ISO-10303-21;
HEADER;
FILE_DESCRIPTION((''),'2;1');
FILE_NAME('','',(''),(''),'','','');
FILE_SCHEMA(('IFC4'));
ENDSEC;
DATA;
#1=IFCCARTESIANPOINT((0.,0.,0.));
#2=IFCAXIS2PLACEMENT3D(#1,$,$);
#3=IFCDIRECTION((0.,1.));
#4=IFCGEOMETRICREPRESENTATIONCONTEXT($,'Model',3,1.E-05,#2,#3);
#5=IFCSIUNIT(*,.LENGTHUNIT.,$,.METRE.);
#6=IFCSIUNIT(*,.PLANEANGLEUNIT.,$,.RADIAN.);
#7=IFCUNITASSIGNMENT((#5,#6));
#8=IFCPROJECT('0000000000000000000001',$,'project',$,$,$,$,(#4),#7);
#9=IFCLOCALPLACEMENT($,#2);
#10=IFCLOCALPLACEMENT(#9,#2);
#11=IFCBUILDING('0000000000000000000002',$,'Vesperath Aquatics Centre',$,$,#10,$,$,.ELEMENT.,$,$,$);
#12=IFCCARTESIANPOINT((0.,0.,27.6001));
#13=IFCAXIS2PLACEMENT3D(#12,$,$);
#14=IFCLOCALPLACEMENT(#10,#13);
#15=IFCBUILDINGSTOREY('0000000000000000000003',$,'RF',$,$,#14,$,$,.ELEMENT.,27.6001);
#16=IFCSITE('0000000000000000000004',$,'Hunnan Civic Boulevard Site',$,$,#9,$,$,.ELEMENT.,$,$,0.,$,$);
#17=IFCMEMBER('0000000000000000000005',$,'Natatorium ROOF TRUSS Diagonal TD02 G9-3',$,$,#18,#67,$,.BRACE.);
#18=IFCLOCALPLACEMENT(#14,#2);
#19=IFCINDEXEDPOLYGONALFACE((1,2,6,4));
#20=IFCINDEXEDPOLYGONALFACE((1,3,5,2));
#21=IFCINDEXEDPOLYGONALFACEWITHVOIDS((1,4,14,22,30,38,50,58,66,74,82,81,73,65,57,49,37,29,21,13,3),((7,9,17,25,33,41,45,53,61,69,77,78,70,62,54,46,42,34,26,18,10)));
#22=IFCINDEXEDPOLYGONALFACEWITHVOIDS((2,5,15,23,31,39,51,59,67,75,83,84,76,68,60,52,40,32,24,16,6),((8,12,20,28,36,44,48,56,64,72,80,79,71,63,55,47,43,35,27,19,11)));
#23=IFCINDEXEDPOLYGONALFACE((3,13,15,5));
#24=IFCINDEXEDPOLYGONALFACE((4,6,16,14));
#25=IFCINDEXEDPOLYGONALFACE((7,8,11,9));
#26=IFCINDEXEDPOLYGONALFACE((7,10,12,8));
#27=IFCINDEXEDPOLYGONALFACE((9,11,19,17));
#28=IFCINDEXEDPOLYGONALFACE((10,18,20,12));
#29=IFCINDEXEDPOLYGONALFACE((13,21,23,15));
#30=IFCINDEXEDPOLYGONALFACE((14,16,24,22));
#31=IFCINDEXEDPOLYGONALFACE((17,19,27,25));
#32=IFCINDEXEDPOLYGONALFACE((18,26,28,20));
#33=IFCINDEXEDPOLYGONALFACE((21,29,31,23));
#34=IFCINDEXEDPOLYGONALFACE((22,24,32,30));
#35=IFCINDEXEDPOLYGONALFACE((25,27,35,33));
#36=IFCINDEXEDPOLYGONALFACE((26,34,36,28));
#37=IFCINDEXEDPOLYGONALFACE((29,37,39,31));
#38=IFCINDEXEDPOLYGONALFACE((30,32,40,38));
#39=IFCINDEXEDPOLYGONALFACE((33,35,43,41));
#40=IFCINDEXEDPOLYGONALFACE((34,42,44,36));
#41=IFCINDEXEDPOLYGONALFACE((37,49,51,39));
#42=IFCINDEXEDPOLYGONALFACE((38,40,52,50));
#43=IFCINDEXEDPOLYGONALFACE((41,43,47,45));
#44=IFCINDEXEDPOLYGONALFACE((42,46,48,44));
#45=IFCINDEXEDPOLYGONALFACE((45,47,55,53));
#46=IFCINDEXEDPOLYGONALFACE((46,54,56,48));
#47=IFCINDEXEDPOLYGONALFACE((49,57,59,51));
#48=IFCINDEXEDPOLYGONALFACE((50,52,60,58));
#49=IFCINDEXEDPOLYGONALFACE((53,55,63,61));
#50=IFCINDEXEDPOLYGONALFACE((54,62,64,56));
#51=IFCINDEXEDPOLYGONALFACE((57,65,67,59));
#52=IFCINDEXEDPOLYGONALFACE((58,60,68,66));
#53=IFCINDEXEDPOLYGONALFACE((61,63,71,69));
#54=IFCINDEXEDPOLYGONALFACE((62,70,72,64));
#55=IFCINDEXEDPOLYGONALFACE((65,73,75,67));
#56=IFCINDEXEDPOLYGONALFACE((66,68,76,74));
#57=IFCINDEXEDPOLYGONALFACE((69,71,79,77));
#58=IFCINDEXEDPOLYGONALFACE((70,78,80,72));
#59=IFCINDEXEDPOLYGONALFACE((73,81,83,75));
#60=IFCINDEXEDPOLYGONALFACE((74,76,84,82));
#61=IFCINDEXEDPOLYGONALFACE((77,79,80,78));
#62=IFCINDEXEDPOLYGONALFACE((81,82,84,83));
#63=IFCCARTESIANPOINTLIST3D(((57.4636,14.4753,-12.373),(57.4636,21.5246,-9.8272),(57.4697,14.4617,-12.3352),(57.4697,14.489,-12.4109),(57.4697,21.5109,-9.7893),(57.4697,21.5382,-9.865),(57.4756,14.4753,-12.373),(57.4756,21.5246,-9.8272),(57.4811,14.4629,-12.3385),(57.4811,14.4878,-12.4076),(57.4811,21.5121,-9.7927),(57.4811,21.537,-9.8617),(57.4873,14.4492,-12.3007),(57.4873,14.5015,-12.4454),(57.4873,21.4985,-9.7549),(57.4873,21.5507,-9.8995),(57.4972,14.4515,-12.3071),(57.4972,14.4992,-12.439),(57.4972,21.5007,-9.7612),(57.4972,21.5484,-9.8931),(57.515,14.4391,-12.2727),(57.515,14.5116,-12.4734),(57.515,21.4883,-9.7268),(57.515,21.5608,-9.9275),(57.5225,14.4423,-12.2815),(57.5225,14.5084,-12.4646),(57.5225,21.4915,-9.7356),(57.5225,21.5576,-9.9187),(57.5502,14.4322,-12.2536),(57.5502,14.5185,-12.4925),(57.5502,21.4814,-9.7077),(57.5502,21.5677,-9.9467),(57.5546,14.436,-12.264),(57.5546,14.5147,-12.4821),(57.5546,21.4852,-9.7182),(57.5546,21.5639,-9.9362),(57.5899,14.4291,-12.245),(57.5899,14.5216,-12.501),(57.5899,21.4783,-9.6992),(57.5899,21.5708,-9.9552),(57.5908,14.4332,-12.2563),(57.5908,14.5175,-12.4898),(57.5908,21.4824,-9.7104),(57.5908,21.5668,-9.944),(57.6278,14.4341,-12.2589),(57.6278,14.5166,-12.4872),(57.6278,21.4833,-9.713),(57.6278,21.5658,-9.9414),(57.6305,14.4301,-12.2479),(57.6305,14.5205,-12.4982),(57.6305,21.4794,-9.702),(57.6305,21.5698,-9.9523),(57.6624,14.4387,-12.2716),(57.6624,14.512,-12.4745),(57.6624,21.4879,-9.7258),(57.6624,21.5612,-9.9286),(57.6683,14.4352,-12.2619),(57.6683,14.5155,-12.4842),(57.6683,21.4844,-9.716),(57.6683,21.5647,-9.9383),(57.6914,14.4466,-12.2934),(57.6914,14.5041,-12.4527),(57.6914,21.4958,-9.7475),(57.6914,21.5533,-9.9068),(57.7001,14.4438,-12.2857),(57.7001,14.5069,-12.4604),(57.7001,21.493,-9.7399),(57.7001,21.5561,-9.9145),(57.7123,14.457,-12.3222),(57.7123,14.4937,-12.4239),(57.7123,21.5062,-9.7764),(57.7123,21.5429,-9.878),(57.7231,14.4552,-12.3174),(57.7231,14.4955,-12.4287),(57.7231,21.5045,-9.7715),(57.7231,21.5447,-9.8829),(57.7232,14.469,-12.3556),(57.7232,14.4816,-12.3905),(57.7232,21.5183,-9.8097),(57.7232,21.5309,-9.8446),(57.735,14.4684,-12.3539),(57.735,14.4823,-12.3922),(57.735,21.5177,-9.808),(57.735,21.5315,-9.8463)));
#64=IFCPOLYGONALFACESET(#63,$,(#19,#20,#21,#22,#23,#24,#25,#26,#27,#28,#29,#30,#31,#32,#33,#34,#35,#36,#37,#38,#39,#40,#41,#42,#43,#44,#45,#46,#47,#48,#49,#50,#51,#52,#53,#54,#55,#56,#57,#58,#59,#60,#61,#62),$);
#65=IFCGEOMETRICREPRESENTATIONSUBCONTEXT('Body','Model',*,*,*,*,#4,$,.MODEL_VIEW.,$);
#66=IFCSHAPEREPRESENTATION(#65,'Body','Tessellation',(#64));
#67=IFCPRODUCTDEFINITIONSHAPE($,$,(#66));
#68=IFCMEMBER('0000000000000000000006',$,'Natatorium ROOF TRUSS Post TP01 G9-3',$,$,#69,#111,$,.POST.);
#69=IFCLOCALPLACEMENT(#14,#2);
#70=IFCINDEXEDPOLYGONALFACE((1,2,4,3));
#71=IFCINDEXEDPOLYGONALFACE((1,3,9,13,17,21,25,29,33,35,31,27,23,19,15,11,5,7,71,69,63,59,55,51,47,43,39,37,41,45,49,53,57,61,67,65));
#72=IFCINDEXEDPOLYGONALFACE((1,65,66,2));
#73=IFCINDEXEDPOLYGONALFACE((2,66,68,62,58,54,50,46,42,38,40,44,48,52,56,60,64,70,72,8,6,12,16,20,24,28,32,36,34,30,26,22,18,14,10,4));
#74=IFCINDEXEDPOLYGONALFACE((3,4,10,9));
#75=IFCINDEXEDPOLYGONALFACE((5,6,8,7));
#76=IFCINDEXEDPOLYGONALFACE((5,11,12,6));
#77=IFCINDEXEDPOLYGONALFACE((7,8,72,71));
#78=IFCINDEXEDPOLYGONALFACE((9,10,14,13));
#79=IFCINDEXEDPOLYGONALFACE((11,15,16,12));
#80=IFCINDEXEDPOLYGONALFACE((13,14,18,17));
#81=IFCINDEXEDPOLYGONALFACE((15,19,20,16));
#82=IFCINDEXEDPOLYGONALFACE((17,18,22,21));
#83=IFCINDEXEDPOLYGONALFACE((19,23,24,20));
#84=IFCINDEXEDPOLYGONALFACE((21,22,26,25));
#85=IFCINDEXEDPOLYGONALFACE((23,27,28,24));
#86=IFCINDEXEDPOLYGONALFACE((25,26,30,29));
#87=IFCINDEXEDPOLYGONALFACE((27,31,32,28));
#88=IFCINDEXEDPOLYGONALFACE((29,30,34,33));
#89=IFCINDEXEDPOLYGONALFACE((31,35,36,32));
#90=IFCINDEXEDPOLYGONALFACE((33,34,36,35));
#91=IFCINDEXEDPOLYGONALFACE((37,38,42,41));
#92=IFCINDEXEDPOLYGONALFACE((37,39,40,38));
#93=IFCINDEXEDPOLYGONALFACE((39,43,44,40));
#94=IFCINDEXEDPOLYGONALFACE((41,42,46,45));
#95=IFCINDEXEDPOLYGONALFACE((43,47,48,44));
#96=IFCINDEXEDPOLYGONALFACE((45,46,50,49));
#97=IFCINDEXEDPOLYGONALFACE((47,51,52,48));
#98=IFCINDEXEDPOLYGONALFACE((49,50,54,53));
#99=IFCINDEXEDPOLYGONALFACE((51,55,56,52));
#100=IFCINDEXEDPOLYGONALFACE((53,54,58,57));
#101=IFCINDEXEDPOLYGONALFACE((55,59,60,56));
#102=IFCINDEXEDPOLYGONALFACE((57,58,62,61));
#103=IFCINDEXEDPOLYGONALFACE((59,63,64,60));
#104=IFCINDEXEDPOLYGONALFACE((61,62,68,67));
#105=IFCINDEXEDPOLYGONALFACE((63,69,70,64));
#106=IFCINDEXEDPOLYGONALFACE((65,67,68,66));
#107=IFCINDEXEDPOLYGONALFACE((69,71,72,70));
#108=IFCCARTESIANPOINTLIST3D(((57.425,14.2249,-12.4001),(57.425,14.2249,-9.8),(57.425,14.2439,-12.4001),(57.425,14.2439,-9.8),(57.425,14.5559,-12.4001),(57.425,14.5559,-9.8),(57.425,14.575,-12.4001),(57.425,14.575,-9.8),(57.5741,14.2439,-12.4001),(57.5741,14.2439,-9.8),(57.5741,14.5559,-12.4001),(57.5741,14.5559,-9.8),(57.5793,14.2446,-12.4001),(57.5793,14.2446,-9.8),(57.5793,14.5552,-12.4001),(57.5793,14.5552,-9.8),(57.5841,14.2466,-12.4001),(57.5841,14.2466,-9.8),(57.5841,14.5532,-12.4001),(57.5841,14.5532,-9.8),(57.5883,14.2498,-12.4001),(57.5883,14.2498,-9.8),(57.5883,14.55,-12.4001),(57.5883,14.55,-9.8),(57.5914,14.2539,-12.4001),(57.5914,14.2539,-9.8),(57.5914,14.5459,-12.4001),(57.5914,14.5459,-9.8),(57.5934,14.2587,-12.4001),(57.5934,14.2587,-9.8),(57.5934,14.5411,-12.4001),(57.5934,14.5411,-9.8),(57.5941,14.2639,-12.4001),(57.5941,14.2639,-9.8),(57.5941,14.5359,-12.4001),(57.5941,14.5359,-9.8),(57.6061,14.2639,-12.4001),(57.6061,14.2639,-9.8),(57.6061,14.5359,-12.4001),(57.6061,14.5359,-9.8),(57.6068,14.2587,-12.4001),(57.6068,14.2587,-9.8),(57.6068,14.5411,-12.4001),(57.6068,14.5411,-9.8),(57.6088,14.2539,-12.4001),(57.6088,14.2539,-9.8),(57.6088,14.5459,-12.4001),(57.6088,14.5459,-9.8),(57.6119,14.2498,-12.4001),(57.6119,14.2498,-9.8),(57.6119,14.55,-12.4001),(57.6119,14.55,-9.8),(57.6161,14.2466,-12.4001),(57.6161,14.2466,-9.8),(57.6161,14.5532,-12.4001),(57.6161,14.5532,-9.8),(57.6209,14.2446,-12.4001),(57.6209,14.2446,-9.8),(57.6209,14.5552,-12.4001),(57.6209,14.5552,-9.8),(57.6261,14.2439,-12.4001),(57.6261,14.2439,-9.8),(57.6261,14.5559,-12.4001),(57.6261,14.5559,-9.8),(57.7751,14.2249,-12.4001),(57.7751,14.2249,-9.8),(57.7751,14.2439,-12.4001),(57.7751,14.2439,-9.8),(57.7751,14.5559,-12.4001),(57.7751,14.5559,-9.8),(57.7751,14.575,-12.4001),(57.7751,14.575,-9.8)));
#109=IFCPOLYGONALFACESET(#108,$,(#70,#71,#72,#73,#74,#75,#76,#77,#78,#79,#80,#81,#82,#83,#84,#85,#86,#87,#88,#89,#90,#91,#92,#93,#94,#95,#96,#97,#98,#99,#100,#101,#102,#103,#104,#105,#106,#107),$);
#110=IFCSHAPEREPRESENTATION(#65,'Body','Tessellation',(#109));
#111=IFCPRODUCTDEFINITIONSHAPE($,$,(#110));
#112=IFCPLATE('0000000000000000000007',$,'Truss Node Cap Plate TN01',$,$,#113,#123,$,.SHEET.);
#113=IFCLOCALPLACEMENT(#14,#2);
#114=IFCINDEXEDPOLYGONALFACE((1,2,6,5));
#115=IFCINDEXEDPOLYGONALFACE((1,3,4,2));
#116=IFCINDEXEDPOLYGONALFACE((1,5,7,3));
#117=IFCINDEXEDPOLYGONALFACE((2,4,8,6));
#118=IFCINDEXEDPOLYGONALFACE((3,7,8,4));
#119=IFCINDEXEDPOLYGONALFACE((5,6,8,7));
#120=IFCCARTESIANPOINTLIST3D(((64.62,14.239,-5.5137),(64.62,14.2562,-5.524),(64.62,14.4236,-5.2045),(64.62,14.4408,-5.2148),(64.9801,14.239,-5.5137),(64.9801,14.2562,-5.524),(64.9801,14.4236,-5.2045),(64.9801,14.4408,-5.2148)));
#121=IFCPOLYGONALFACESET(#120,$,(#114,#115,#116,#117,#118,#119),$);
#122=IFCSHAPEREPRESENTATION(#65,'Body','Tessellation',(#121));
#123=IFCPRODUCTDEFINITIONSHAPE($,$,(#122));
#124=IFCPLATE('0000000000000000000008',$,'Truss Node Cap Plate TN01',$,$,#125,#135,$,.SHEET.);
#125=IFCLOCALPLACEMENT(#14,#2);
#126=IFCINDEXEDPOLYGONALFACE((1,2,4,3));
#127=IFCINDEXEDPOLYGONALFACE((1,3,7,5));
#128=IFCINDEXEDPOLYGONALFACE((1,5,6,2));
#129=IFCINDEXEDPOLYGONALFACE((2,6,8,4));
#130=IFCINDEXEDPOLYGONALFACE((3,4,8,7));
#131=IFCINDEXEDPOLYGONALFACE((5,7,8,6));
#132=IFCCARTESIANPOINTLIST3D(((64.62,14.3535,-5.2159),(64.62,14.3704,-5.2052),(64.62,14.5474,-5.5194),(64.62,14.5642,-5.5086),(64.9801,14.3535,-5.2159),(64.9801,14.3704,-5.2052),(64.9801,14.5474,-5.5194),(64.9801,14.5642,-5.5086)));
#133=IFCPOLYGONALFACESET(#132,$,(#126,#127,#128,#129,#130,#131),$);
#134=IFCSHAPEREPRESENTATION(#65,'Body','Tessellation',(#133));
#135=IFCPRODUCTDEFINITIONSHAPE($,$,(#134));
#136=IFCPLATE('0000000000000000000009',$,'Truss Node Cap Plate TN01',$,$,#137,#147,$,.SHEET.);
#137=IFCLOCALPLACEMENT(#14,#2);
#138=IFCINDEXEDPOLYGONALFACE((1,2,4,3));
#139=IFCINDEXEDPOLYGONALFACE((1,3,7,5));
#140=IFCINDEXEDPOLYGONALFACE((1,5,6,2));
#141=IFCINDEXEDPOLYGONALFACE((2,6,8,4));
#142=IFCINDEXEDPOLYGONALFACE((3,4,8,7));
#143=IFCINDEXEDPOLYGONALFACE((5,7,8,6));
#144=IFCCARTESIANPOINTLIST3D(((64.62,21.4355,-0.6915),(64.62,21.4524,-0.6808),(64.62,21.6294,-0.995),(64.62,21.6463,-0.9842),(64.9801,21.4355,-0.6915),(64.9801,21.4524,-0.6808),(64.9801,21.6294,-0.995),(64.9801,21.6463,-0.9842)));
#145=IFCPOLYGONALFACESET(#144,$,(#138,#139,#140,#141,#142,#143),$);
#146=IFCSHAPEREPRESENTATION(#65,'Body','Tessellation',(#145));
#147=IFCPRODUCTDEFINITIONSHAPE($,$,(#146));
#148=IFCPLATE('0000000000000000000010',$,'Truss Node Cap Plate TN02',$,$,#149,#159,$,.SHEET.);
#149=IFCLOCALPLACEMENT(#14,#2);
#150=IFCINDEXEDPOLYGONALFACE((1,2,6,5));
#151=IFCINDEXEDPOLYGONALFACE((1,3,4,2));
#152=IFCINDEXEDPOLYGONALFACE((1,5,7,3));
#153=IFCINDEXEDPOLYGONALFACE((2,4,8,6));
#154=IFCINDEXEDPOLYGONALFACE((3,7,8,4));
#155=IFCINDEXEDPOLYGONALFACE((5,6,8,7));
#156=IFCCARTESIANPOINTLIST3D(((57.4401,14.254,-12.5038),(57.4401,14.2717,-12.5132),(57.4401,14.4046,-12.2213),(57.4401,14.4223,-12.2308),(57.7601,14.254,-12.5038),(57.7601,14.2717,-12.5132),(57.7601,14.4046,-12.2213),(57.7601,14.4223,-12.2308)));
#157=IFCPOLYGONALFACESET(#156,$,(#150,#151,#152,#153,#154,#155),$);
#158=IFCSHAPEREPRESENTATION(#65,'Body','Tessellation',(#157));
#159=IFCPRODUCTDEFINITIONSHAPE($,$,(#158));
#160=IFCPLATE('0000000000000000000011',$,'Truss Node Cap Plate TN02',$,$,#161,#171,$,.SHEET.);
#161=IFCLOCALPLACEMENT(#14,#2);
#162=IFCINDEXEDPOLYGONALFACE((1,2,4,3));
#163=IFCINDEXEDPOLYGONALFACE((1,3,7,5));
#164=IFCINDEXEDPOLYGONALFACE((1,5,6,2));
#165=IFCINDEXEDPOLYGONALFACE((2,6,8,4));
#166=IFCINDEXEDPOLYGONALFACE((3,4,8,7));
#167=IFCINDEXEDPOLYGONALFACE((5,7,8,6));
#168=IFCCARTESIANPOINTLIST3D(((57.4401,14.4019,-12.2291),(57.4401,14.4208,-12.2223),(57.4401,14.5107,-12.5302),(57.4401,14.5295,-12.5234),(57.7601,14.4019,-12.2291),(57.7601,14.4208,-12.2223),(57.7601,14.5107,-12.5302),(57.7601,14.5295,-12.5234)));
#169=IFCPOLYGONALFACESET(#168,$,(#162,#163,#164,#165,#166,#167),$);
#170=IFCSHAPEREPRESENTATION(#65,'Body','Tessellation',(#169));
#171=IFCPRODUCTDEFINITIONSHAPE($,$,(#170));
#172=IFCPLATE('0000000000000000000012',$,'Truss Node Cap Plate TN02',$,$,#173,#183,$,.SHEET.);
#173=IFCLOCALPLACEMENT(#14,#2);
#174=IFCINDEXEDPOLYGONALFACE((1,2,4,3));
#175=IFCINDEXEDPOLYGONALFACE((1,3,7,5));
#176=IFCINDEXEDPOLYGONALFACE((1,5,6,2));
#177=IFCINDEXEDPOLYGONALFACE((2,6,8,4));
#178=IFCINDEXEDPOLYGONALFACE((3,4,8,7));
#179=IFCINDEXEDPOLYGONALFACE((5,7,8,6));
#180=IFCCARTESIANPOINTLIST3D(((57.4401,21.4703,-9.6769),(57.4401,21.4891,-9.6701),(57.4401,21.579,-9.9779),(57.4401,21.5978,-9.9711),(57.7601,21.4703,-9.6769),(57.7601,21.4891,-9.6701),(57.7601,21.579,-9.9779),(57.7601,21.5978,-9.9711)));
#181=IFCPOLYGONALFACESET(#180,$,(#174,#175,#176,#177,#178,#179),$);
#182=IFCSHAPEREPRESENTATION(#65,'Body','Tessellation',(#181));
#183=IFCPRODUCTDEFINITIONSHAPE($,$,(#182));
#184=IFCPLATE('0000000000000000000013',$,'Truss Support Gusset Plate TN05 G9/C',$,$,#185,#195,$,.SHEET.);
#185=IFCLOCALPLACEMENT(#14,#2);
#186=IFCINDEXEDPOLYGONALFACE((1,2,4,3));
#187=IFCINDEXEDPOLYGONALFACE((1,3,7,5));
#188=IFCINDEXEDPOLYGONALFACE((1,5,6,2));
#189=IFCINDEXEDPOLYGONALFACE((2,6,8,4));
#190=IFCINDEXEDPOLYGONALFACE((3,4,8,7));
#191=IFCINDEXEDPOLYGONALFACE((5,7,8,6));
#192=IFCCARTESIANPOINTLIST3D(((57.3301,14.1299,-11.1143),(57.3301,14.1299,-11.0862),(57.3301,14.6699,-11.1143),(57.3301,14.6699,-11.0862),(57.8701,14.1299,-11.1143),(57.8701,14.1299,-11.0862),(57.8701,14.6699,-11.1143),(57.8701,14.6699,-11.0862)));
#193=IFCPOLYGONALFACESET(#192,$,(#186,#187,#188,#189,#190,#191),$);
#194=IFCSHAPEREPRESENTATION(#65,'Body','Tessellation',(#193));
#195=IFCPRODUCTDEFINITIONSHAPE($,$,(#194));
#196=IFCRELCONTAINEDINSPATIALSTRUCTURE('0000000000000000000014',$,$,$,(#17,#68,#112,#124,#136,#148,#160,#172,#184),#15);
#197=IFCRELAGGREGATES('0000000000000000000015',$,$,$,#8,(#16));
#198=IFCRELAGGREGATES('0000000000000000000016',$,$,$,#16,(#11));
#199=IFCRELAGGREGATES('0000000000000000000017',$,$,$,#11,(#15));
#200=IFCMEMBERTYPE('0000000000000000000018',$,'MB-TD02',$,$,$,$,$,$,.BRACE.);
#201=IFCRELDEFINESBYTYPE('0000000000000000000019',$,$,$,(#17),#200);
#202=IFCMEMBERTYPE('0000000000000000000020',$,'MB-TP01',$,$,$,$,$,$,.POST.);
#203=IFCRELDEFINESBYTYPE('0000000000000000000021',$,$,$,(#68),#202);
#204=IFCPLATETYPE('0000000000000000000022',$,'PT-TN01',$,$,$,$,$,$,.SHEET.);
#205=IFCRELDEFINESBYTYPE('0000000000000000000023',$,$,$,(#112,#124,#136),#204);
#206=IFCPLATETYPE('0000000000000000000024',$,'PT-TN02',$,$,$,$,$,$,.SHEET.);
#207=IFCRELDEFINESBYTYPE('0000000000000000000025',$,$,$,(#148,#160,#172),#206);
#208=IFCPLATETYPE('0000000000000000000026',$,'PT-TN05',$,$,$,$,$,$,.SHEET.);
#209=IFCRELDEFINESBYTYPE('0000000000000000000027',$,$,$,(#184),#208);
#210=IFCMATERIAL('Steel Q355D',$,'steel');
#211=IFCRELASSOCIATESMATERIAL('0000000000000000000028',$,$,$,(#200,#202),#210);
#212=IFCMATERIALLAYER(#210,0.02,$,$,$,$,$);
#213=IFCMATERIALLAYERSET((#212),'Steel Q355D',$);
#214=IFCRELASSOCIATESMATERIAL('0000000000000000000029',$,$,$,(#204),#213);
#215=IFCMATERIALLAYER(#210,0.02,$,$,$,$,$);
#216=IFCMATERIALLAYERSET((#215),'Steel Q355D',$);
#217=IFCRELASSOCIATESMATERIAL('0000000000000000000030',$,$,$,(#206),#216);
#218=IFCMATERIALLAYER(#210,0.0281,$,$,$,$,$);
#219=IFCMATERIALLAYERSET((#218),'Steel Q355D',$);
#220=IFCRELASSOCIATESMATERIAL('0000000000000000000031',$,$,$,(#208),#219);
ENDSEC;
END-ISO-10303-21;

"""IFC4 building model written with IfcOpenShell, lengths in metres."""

from ifc_helpers import new_model, si_unit, direction, frame, origin, origin_2d, place, context, subcontext, project, spatial, rectangle, hollow_circle, i_section, extrude, material, layer, layer_set, material_profile, profile_set, type_object, element, save


model = new_model("IFC4")

# Units and contexts
model_context = context("Model", 3, precision=1e-05, world=origin(), true_north=direction((0.0, 1.0)))
body_context = subcontext(model_context, "Body", "Model", "MODEL_VIEW")
ifc_project = project(units=[si_unit("LENGTHUNIT", "METRE"), si_unit("PLANEANGLEUNIT", "RADIAN")], contexts=[model_context])

# Site, building, storey
site_placement = place(None, origin())
site = spatial("IfcSite", under=ifc_project, at=site_placement, Name="Hunnan Civic Boulevard Site", CompositionType="ELEMENT", RefElevation=0.0)
building_placement = place(site_placement, origin())
building = spatial("IfcBuilding", under=site, at=building_placement, Name="Vesperath Aquatics Centre", CompositionType="ELEMENT")
storey_placement = place(building_placement, frame((0.0, 0.0, 27.6001)))
storey = spatial("IfcBuildingStorey", under=building, at=storey_placement, Name="RF", CompositionType="ELEMENT", Elevation=27.6001)

# Members
ifc_material_1 = material(Name="Steel Q355D", Category="steel")
ifc_material_profile_1 = material_profile(ifc_material_1, hollow_circle(Radius=0.1365, WallThickness=0.012, at=origin_2d()), Name="CHS 273.0x12")
ifc_profile_set_1 = profile_set([ifc_material_profile_1], Name="Steel Q355D")
member_type_1 = type_object("IfcMemberType", Name="MB-TD02", PredefinedType="BRACE", material=ifc_profile_set_1)
member_1_placement = place(storey_placement, frame((57.6001, 14.4753, -12.373), z_axis=(0.0, 0.940541, 0.339681), x_axis=(-1.0, 0.0, 0.0)))
element("IfcMember", 1, at=member_1_placement, inside=storey, type_object=member_type_1, Name="Natatorium ROOF TRUSS Diagonal TD02 G9-3", PredefinedType="BRACE", context=body_context, shape_type="SweptSolid", body=[
    extrude(hollow_circle(Radius=0.1365, WallThickness=0.012, at=origin_2d()), origin(), (0.0, 0.0, 1.0), 7.4949),
])
ifc_material_profile_2 = material_profile(ifc_material_1, i_section(OverallWidth=0.3501, OverallDepth=0.3501, WebThickness=0.012, FlangeThickness=0.019, FilletRadius=0.02, at=origin_2d()), Name="HW 350x350x12x19")
ifc_profile_set_2 = profile_set([ifc_material_profile_2], Name="Steel Q355D")
member_type_2 = type_object("IfcMemberType", Name="MB-TP01", PredefinedType="POST", material=ifc_profile_set_2)
member_2_placement = place(storey_placement, frame((57.6001, 14.3999, -12.4001), z_axis=(0.0, 0.0, 1.0), x_axis=(1.0, 0.0, 0.0)))
element("IfcMember", 2, at=member_2_placement, inside=storey, type_object=member_type_2, Name="Natatorium ROOF TRUSS Post TP01 G9-3", PredefinedType="POST", context=body_context, shape_type="SweptSolid", body=[
    extrude(i_section(OverallWidth=0.3501, OverallDepth=0.3501, WebThickness=0.012, FlangeThickness=0.019, FilletRadius=0.02, at=origin_2d()), origin(), (0.0, 0.0, 1.0), 2.6001),
])

# Plates
ifc_layer_1 = layer(ifc_material_1, 0.02)
ifc_layer_set_1 = layer_set([ifc_layer_1], Name="Steel Q355D")
plate_type_1 = type_object("IfcPlateType", Name="PT-TN01", PredefinedType="SHEET", material=ifc_layer_set_1)
for number, where, z_axis, x_axis, name in (
    (3, (64.8, 14.3313, -5.3591), (0.0, 0.858729, -0.51243), (-1.0, 0.0, 0.0), "Truss Node Cap Plate TN01"),
    (4, (64.8, 14.4504, -5.3677), (0.0, 0.842696, 0.538389), (-1.0, 0.0, 0.0), "Truss Node Cap Plate TN01"),
    (5, (64.8, 21.5325, -0.8433), (0.0, 0.842696, 0.538389), (-1.0, 0.0, 0.0), "Truss Node Cap Plate TN01"),
):
    element("IfcPlate", number, at=place(storey_placement, frame(where, z_axis=z_axis, x_axis=x_axis)), inside=storey, type_object=plate_type_1, Name=name, PredefinedType="SHEET", context=body_context, shape_type="SweptSolid", body=[
        extrude(rectangle(XDim=0.3601, YDim=0.3601, at=origin_2d()), origin(), (0.0, 0.0, 1.0), 0.02),
    ])
ifc_layer_2 = layer(ifc_material_1, 0.02)
ifc_layer_set_2 = layer_set([ifc_layer_2], Name="Steel Q355D")
plate_type_2 = type_object("IfcPlateType", Name="PT-TN02", PredefinedType="SHEET", material=ifc_layer_set_2)
for number, where, z_axis, x_axis, name in (
    (6, (57.6001, 14.3293, -12.3625), (0.0, 0.882391, -0.470518), (-1.0, 0.0, 0.0), "Truss Node Cap Plate TN02"),
    (7, (57.6001, 14.4563, -12.3796), (0.0, 0.940554, 0.339644), (-1.0, 0.0, 0.0), "Truss Node Cap Plate TN02"),
    (8, (57.6001, 21.5247, -9.8274), (0.0, 0.940554, 0.339644), (-1.0, 0.0, 0.0), "Truss Node Cap Plate TN02"),
):
    element("IfcPlate", number, at=place(storey_placement, frame(where, z_axis=z_axis, x_axis=x_axis)), inside=storey, type_object=plate_type_2, Name=name, PredefinedType="SHEET", context=body_context, shape_type="SweptSolid", body=[
        extrude(rectangle(XDim=0.3201, YDim=0.3201, at=origin_2d()), origin(), (0.0, 0.0, 1.0), 0.02),
    ])
ifc_layer_3 = layer(ifc_material_1, 0.0281)
ifc_layer_set_3 = layer_set([ifc_layer_3], Name="Steel Q355D")
plate_type_3 = type_object("IfcPlateType", Name="PT-TN05", PredefinedType="SHEET", material=ifc_layer_set_3)
plate_placement = place(storey_placement, frame((57.6001, 14.3999, -11.1143), z_axis=(0.0, 0.0, 1.0), x_axis=(0.0, 1.0, 0.0)))
element("IfcPlate", 9, at=plate_placement, inside=storey, type_object=plate_type_3, Name="Truss Support Gusset Plate TN05 G9/C", PredefinedType="SHEET", context=body_context, shape_type="SweptSolid", body=[
    extrude(rectangle(XDim=0.54, YDim=0.54, at=origin_2d()), origin(), (0.0, 0.0, 1.0), 0.0281),
])

save(model, "model.ifc")
